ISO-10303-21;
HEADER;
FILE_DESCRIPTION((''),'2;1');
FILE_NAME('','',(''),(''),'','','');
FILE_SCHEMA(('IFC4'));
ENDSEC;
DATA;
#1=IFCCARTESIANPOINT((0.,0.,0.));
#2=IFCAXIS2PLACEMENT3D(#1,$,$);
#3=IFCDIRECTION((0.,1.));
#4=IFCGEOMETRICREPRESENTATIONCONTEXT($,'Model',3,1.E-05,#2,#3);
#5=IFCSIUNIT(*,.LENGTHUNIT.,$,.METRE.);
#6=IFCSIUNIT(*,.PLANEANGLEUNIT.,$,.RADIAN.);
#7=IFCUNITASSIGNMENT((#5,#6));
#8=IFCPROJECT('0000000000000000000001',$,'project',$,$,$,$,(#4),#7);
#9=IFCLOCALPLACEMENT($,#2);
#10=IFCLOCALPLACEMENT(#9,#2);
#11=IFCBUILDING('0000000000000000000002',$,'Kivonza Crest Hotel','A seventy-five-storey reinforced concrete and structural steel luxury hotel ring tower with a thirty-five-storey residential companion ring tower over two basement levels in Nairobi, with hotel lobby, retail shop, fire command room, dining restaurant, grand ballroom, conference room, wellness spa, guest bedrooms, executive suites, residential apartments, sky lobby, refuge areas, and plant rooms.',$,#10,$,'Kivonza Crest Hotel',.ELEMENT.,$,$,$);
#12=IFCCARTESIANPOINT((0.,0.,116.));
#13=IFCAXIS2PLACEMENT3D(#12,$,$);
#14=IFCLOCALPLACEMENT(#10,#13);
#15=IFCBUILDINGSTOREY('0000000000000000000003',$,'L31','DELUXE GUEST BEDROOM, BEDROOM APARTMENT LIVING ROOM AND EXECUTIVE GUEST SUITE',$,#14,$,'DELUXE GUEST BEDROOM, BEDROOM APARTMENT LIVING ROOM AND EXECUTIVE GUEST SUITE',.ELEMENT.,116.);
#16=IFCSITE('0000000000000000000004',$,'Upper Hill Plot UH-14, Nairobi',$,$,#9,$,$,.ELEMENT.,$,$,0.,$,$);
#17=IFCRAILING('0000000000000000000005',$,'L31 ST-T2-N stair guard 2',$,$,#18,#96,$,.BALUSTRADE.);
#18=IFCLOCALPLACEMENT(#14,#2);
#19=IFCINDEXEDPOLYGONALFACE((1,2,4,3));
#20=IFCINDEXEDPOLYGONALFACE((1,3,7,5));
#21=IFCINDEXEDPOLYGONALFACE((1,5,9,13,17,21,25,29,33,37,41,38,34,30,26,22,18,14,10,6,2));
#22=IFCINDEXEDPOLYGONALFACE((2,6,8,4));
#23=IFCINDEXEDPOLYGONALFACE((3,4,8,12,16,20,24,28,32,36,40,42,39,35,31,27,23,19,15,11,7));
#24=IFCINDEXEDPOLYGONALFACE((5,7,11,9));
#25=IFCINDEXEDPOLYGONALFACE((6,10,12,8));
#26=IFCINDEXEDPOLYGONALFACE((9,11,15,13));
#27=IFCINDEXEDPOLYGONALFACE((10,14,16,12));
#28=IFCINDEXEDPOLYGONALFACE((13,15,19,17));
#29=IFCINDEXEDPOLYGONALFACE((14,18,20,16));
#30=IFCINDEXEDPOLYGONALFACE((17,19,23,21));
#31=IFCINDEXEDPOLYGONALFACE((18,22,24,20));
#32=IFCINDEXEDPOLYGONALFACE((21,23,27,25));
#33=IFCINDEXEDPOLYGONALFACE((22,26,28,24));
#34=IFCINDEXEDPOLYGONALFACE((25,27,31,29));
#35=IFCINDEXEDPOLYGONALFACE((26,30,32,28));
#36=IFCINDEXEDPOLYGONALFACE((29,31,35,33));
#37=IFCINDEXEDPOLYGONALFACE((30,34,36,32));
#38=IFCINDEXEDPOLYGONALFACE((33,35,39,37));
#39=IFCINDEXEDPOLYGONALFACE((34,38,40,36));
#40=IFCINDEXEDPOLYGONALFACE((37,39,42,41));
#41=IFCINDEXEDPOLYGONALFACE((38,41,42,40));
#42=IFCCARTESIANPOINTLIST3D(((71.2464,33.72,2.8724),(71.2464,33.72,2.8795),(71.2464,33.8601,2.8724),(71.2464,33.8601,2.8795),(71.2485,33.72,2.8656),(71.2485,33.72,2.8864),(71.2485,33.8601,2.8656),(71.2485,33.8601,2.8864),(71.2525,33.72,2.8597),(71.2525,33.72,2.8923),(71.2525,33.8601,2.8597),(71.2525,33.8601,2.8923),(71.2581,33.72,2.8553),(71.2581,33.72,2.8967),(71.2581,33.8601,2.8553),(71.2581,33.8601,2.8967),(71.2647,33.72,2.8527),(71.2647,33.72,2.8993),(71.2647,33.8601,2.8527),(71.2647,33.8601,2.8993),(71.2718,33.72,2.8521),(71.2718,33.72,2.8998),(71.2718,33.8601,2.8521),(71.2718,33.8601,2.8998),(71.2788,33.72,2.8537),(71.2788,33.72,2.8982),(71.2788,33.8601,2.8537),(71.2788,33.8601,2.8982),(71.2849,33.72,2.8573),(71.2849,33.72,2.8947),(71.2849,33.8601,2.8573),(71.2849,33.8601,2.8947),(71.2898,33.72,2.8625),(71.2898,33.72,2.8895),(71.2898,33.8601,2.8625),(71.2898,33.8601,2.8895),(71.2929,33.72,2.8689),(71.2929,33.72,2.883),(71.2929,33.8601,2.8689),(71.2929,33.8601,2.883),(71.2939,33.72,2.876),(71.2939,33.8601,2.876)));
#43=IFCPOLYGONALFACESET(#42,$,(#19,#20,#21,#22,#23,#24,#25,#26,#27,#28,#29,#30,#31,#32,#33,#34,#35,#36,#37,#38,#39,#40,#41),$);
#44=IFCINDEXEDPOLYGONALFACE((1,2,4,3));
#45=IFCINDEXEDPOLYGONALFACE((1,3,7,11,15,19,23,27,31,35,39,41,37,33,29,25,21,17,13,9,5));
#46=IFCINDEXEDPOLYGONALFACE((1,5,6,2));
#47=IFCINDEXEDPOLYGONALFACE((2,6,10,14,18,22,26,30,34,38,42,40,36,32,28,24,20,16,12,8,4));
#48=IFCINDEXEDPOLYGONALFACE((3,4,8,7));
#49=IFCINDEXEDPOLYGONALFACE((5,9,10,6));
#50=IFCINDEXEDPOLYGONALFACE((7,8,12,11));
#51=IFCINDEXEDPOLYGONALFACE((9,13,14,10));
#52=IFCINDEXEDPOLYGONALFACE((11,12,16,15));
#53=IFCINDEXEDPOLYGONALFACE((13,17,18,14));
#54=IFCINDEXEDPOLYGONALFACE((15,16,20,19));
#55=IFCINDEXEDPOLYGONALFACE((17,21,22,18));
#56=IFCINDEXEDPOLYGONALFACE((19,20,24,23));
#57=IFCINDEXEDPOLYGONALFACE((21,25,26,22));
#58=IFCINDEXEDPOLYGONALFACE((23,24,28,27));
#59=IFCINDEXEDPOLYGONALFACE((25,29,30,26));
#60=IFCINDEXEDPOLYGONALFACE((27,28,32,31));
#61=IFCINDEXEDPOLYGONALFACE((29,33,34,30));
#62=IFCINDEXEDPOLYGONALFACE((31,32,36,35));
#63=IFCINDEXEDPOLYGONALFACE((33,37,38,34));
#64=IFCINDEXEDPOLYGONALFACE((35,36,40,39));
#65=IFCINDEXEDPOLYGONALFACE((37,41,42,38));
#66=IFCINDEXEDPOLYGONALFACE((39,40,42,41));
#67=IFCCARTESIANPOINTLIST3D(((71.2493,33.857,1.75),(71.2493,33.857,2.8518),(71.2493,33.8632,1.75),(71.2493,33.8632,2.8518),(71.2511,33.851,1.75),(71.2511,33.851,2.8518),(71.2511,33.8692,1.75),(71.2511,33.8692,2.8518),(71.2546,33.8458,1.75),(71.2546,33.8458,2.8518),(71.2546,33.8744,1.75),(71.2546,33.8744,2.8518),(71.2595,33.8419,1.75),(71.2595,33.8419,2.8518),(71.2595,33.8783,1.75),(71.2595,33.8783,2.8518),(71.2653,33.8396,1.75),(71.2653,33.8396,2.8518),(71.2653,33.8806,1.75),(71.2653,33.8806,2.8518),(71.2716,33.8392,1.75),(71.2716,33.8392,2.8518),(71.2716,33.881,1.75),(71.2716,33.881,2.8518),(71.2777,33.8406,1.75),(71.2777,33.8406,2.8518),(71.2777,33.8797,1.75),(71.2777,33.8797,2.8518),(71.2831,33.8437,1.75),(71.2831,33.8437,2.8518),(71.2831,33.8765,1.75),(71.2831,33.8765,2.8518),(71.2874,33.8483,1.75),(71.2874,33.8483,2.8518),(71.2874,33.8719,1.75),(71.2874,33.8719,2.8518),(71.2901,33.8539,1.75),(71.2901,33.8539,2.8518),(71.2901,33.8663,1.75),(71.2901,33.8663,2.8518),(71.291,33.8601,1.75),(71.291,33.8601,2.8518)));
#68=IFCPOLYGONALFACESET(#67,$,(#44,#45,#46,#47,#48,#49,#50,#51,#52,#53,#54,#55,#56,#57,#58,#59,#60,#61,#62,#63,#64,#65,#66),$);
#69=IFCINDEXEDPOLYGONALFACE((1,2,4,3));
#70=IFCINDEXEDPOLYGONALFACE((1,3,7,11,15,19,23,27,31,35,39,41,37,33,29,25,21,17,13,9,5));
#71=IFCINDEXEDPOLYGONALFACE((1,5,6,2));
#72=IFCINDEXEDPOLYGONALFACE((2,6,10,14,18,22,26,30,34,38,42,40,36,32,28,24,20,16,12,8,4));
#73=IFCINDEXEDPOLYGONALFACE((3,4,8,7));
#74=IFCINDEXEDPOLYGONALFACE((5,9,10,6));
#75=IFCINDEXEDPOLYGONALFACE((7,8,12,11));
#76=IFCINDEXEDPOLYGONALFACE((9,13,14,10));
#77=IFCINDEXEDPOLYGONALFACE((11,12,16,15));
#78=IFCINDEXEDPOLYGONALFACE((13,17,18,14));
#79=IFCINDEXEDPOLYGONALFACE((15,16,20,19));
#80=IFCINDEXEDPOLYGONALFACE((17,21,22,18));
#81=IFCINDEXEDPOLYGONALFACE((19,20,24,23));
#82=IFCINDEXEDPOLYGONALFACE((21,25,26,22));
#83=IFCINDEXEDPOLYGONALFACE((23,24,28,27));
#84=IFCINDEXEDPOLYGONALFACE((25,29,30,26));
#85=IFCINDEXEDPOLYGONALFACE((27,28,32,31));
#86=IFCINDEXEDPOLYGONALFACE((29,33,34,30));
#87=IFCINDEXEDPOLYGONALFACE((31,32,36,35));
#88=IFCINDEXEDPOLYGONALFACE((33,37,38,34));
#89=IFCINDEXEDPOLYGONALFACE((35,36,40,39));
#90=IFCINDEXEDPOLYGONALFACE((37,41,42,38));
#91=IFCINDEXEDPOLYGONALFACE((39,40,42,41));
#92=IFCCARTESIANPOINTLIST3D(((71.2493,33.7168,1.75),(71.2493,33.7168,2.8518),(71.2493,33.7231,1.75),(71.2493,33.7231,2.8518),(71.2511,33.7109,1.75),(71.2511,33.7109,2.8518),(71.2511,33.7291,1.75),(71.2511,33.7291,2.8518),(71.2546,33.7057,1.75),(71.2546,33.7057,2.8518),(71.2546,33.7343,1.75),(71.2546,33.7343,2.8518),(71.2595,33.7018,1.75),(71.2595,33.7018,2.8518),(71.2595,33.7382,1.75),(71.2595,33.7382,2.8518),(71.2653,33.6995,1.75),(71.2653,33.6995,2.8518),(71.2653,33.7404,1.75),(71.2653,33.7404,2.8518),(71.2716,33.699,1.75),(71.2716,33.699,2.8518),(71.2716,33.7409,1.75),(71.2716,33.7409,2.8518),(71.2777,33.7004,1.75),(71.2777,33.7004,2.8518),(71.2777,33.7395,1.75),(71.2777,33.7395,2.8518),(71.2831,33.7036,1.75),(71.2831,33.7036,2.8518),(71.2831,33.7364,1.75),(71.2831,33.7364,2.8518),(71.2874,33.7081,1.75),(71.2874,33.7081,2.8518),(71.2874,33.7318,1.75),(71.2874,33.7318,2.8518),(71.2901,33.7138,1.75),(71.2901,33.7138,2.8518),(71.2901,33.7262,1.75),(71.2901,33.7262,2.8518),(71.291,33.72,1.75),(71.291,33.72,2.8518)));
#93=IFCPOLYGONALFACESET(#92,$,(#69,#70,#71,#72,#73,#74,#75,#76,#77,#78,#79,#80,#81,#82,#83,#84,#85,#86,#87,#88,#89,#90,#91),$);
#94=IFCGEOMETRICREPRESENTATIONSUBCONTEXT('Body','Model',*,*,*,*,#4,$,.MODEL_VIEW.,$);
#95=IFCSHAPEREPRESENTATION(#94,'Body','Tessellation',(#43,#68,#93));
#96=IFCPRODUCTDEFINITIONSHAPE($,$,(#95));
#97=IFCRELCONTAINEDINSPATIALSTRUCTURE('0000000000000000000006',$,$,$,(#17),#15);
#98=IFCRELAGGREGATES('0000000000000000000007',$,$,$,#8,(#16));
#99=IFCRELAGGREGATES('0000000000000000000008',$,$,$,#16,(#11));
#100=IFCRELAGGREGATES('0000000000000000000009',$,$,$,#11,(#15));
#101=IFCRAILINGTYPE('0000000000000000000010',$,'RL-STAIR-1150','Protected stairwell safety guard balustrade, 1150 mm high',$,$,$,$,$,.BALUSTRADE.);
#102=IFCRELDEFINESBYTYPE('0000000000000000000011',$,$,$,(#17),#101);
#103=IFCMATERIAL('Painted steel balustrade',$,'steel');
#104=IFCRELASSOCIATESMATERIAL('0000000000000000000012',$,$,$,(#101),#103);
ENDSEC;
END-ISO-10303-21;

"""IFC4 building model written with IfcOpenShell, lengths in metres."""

from ifc_helpers import new_model, si_unit, direction, frame, origin, origin_2d, place, context, subcontext, project, spatial, circle, extrude, material, type_object, element, save


model = new_model("IFC4")

# Units and contexts
model_context = context("Model", 3, precision=1e-05, world=origin(), true_north=direction((0.0, 1.0)))
body_context = subcontext(model_context, "Body", "Model", "MODEL_VIEW")
ifc_project = project(units=[si_unit("LENGTHUNIT", "METRE"), si_unit("PLANEANGLEUNIT", "RADIAN")], contexts=[model_context])

# Site, building, storey
site_placement = place(None, origin())
site = spatial("IfcSite", under=ifc_project, at=site_placement, Name="Upper Hill Plot UH-14, Nairobi", CompositionType="ELEMENT", RefElevation=0.0)
building_placement = place(site_placement, origin())
building = spatial("IfcBuilding", under=site, at=building_placement, Name="Kivonza Crest Hotel", Description="A seventy-five-storey reinforced concrete and structural steel luxury hotel ring tower with a thirty-five-storey residential companion ring tower over two basement levels in Nairobi, with hotel lobby, retail shop, fire command room, dining restaurant, grand ballroom, conference room, wellness spa, guest bedrooms, executive suites, residential apartments, sky lobby, refuge areas, and plant rooms.", LongName="Kivonza Crest Hotel", CompositionType="ELEMENT")
storey_placement = place(building_placement, frame((0.0, 0.0, 116.0)))
storey = spatial("IfcBuildingStorey", under=building, at=storey_placement, Name="L31", Description="DELUXE GUEST BEDROOM, BEDROOM APARTMENT LIVING ROOM AND EXECUTIVE GUEST SUITE", LongName="DELUXE GUEST BEDROOM, BEDROOM APARTMENT LIVING ROOM AND EXECUTIVE GUEST SUITE", CompositionType="ELEMENT", Elevation=116.0)

# Railing
ifc_material_1 = material(Name="Painted steel balustrade", Category="steel")
railing_type_1 = type_object("IfcRailingType", Name="RL-STAIR-1150", Description="Protected stairwell safety guard balustrade, 1150 mm high", PredefinedType="BALUSTRADE", material=ifc_material_1)
railing_1_placement = place(storey_placement, frame((71.27, 33.8601, 1.75)))
element("IfcRailing", 1, at=railing_1_placement, inside=storey, type_object=railing_type_1, Name="L31 ST-T2-N stair guard 2", PredefinedType="BALUSTRADE", context=body_context, shape_type="SweptSolid", body=[
    extrude(circle(Radius=0.0239, at=origin_2d()), frame((0.0, 0.0, 1.126), z_axis=(0.0, -1.0, 0.0), x_axis=(1.0, 0.0, 0.0)), (0.0, 0.0, 1.0), 0.1401),
    extrude(circle(Radius=0.021, at=origin_2d()), origin(), (0.0, 0.0, 1.0), 1.1018),
    extrude(circle(Radius=0.021, at=origin_2d()), frame((0.0, -0.1401, 0.0)), (0.0, 0.0, 1.0), 1.1018),
])

save(model, "model.ifc")
